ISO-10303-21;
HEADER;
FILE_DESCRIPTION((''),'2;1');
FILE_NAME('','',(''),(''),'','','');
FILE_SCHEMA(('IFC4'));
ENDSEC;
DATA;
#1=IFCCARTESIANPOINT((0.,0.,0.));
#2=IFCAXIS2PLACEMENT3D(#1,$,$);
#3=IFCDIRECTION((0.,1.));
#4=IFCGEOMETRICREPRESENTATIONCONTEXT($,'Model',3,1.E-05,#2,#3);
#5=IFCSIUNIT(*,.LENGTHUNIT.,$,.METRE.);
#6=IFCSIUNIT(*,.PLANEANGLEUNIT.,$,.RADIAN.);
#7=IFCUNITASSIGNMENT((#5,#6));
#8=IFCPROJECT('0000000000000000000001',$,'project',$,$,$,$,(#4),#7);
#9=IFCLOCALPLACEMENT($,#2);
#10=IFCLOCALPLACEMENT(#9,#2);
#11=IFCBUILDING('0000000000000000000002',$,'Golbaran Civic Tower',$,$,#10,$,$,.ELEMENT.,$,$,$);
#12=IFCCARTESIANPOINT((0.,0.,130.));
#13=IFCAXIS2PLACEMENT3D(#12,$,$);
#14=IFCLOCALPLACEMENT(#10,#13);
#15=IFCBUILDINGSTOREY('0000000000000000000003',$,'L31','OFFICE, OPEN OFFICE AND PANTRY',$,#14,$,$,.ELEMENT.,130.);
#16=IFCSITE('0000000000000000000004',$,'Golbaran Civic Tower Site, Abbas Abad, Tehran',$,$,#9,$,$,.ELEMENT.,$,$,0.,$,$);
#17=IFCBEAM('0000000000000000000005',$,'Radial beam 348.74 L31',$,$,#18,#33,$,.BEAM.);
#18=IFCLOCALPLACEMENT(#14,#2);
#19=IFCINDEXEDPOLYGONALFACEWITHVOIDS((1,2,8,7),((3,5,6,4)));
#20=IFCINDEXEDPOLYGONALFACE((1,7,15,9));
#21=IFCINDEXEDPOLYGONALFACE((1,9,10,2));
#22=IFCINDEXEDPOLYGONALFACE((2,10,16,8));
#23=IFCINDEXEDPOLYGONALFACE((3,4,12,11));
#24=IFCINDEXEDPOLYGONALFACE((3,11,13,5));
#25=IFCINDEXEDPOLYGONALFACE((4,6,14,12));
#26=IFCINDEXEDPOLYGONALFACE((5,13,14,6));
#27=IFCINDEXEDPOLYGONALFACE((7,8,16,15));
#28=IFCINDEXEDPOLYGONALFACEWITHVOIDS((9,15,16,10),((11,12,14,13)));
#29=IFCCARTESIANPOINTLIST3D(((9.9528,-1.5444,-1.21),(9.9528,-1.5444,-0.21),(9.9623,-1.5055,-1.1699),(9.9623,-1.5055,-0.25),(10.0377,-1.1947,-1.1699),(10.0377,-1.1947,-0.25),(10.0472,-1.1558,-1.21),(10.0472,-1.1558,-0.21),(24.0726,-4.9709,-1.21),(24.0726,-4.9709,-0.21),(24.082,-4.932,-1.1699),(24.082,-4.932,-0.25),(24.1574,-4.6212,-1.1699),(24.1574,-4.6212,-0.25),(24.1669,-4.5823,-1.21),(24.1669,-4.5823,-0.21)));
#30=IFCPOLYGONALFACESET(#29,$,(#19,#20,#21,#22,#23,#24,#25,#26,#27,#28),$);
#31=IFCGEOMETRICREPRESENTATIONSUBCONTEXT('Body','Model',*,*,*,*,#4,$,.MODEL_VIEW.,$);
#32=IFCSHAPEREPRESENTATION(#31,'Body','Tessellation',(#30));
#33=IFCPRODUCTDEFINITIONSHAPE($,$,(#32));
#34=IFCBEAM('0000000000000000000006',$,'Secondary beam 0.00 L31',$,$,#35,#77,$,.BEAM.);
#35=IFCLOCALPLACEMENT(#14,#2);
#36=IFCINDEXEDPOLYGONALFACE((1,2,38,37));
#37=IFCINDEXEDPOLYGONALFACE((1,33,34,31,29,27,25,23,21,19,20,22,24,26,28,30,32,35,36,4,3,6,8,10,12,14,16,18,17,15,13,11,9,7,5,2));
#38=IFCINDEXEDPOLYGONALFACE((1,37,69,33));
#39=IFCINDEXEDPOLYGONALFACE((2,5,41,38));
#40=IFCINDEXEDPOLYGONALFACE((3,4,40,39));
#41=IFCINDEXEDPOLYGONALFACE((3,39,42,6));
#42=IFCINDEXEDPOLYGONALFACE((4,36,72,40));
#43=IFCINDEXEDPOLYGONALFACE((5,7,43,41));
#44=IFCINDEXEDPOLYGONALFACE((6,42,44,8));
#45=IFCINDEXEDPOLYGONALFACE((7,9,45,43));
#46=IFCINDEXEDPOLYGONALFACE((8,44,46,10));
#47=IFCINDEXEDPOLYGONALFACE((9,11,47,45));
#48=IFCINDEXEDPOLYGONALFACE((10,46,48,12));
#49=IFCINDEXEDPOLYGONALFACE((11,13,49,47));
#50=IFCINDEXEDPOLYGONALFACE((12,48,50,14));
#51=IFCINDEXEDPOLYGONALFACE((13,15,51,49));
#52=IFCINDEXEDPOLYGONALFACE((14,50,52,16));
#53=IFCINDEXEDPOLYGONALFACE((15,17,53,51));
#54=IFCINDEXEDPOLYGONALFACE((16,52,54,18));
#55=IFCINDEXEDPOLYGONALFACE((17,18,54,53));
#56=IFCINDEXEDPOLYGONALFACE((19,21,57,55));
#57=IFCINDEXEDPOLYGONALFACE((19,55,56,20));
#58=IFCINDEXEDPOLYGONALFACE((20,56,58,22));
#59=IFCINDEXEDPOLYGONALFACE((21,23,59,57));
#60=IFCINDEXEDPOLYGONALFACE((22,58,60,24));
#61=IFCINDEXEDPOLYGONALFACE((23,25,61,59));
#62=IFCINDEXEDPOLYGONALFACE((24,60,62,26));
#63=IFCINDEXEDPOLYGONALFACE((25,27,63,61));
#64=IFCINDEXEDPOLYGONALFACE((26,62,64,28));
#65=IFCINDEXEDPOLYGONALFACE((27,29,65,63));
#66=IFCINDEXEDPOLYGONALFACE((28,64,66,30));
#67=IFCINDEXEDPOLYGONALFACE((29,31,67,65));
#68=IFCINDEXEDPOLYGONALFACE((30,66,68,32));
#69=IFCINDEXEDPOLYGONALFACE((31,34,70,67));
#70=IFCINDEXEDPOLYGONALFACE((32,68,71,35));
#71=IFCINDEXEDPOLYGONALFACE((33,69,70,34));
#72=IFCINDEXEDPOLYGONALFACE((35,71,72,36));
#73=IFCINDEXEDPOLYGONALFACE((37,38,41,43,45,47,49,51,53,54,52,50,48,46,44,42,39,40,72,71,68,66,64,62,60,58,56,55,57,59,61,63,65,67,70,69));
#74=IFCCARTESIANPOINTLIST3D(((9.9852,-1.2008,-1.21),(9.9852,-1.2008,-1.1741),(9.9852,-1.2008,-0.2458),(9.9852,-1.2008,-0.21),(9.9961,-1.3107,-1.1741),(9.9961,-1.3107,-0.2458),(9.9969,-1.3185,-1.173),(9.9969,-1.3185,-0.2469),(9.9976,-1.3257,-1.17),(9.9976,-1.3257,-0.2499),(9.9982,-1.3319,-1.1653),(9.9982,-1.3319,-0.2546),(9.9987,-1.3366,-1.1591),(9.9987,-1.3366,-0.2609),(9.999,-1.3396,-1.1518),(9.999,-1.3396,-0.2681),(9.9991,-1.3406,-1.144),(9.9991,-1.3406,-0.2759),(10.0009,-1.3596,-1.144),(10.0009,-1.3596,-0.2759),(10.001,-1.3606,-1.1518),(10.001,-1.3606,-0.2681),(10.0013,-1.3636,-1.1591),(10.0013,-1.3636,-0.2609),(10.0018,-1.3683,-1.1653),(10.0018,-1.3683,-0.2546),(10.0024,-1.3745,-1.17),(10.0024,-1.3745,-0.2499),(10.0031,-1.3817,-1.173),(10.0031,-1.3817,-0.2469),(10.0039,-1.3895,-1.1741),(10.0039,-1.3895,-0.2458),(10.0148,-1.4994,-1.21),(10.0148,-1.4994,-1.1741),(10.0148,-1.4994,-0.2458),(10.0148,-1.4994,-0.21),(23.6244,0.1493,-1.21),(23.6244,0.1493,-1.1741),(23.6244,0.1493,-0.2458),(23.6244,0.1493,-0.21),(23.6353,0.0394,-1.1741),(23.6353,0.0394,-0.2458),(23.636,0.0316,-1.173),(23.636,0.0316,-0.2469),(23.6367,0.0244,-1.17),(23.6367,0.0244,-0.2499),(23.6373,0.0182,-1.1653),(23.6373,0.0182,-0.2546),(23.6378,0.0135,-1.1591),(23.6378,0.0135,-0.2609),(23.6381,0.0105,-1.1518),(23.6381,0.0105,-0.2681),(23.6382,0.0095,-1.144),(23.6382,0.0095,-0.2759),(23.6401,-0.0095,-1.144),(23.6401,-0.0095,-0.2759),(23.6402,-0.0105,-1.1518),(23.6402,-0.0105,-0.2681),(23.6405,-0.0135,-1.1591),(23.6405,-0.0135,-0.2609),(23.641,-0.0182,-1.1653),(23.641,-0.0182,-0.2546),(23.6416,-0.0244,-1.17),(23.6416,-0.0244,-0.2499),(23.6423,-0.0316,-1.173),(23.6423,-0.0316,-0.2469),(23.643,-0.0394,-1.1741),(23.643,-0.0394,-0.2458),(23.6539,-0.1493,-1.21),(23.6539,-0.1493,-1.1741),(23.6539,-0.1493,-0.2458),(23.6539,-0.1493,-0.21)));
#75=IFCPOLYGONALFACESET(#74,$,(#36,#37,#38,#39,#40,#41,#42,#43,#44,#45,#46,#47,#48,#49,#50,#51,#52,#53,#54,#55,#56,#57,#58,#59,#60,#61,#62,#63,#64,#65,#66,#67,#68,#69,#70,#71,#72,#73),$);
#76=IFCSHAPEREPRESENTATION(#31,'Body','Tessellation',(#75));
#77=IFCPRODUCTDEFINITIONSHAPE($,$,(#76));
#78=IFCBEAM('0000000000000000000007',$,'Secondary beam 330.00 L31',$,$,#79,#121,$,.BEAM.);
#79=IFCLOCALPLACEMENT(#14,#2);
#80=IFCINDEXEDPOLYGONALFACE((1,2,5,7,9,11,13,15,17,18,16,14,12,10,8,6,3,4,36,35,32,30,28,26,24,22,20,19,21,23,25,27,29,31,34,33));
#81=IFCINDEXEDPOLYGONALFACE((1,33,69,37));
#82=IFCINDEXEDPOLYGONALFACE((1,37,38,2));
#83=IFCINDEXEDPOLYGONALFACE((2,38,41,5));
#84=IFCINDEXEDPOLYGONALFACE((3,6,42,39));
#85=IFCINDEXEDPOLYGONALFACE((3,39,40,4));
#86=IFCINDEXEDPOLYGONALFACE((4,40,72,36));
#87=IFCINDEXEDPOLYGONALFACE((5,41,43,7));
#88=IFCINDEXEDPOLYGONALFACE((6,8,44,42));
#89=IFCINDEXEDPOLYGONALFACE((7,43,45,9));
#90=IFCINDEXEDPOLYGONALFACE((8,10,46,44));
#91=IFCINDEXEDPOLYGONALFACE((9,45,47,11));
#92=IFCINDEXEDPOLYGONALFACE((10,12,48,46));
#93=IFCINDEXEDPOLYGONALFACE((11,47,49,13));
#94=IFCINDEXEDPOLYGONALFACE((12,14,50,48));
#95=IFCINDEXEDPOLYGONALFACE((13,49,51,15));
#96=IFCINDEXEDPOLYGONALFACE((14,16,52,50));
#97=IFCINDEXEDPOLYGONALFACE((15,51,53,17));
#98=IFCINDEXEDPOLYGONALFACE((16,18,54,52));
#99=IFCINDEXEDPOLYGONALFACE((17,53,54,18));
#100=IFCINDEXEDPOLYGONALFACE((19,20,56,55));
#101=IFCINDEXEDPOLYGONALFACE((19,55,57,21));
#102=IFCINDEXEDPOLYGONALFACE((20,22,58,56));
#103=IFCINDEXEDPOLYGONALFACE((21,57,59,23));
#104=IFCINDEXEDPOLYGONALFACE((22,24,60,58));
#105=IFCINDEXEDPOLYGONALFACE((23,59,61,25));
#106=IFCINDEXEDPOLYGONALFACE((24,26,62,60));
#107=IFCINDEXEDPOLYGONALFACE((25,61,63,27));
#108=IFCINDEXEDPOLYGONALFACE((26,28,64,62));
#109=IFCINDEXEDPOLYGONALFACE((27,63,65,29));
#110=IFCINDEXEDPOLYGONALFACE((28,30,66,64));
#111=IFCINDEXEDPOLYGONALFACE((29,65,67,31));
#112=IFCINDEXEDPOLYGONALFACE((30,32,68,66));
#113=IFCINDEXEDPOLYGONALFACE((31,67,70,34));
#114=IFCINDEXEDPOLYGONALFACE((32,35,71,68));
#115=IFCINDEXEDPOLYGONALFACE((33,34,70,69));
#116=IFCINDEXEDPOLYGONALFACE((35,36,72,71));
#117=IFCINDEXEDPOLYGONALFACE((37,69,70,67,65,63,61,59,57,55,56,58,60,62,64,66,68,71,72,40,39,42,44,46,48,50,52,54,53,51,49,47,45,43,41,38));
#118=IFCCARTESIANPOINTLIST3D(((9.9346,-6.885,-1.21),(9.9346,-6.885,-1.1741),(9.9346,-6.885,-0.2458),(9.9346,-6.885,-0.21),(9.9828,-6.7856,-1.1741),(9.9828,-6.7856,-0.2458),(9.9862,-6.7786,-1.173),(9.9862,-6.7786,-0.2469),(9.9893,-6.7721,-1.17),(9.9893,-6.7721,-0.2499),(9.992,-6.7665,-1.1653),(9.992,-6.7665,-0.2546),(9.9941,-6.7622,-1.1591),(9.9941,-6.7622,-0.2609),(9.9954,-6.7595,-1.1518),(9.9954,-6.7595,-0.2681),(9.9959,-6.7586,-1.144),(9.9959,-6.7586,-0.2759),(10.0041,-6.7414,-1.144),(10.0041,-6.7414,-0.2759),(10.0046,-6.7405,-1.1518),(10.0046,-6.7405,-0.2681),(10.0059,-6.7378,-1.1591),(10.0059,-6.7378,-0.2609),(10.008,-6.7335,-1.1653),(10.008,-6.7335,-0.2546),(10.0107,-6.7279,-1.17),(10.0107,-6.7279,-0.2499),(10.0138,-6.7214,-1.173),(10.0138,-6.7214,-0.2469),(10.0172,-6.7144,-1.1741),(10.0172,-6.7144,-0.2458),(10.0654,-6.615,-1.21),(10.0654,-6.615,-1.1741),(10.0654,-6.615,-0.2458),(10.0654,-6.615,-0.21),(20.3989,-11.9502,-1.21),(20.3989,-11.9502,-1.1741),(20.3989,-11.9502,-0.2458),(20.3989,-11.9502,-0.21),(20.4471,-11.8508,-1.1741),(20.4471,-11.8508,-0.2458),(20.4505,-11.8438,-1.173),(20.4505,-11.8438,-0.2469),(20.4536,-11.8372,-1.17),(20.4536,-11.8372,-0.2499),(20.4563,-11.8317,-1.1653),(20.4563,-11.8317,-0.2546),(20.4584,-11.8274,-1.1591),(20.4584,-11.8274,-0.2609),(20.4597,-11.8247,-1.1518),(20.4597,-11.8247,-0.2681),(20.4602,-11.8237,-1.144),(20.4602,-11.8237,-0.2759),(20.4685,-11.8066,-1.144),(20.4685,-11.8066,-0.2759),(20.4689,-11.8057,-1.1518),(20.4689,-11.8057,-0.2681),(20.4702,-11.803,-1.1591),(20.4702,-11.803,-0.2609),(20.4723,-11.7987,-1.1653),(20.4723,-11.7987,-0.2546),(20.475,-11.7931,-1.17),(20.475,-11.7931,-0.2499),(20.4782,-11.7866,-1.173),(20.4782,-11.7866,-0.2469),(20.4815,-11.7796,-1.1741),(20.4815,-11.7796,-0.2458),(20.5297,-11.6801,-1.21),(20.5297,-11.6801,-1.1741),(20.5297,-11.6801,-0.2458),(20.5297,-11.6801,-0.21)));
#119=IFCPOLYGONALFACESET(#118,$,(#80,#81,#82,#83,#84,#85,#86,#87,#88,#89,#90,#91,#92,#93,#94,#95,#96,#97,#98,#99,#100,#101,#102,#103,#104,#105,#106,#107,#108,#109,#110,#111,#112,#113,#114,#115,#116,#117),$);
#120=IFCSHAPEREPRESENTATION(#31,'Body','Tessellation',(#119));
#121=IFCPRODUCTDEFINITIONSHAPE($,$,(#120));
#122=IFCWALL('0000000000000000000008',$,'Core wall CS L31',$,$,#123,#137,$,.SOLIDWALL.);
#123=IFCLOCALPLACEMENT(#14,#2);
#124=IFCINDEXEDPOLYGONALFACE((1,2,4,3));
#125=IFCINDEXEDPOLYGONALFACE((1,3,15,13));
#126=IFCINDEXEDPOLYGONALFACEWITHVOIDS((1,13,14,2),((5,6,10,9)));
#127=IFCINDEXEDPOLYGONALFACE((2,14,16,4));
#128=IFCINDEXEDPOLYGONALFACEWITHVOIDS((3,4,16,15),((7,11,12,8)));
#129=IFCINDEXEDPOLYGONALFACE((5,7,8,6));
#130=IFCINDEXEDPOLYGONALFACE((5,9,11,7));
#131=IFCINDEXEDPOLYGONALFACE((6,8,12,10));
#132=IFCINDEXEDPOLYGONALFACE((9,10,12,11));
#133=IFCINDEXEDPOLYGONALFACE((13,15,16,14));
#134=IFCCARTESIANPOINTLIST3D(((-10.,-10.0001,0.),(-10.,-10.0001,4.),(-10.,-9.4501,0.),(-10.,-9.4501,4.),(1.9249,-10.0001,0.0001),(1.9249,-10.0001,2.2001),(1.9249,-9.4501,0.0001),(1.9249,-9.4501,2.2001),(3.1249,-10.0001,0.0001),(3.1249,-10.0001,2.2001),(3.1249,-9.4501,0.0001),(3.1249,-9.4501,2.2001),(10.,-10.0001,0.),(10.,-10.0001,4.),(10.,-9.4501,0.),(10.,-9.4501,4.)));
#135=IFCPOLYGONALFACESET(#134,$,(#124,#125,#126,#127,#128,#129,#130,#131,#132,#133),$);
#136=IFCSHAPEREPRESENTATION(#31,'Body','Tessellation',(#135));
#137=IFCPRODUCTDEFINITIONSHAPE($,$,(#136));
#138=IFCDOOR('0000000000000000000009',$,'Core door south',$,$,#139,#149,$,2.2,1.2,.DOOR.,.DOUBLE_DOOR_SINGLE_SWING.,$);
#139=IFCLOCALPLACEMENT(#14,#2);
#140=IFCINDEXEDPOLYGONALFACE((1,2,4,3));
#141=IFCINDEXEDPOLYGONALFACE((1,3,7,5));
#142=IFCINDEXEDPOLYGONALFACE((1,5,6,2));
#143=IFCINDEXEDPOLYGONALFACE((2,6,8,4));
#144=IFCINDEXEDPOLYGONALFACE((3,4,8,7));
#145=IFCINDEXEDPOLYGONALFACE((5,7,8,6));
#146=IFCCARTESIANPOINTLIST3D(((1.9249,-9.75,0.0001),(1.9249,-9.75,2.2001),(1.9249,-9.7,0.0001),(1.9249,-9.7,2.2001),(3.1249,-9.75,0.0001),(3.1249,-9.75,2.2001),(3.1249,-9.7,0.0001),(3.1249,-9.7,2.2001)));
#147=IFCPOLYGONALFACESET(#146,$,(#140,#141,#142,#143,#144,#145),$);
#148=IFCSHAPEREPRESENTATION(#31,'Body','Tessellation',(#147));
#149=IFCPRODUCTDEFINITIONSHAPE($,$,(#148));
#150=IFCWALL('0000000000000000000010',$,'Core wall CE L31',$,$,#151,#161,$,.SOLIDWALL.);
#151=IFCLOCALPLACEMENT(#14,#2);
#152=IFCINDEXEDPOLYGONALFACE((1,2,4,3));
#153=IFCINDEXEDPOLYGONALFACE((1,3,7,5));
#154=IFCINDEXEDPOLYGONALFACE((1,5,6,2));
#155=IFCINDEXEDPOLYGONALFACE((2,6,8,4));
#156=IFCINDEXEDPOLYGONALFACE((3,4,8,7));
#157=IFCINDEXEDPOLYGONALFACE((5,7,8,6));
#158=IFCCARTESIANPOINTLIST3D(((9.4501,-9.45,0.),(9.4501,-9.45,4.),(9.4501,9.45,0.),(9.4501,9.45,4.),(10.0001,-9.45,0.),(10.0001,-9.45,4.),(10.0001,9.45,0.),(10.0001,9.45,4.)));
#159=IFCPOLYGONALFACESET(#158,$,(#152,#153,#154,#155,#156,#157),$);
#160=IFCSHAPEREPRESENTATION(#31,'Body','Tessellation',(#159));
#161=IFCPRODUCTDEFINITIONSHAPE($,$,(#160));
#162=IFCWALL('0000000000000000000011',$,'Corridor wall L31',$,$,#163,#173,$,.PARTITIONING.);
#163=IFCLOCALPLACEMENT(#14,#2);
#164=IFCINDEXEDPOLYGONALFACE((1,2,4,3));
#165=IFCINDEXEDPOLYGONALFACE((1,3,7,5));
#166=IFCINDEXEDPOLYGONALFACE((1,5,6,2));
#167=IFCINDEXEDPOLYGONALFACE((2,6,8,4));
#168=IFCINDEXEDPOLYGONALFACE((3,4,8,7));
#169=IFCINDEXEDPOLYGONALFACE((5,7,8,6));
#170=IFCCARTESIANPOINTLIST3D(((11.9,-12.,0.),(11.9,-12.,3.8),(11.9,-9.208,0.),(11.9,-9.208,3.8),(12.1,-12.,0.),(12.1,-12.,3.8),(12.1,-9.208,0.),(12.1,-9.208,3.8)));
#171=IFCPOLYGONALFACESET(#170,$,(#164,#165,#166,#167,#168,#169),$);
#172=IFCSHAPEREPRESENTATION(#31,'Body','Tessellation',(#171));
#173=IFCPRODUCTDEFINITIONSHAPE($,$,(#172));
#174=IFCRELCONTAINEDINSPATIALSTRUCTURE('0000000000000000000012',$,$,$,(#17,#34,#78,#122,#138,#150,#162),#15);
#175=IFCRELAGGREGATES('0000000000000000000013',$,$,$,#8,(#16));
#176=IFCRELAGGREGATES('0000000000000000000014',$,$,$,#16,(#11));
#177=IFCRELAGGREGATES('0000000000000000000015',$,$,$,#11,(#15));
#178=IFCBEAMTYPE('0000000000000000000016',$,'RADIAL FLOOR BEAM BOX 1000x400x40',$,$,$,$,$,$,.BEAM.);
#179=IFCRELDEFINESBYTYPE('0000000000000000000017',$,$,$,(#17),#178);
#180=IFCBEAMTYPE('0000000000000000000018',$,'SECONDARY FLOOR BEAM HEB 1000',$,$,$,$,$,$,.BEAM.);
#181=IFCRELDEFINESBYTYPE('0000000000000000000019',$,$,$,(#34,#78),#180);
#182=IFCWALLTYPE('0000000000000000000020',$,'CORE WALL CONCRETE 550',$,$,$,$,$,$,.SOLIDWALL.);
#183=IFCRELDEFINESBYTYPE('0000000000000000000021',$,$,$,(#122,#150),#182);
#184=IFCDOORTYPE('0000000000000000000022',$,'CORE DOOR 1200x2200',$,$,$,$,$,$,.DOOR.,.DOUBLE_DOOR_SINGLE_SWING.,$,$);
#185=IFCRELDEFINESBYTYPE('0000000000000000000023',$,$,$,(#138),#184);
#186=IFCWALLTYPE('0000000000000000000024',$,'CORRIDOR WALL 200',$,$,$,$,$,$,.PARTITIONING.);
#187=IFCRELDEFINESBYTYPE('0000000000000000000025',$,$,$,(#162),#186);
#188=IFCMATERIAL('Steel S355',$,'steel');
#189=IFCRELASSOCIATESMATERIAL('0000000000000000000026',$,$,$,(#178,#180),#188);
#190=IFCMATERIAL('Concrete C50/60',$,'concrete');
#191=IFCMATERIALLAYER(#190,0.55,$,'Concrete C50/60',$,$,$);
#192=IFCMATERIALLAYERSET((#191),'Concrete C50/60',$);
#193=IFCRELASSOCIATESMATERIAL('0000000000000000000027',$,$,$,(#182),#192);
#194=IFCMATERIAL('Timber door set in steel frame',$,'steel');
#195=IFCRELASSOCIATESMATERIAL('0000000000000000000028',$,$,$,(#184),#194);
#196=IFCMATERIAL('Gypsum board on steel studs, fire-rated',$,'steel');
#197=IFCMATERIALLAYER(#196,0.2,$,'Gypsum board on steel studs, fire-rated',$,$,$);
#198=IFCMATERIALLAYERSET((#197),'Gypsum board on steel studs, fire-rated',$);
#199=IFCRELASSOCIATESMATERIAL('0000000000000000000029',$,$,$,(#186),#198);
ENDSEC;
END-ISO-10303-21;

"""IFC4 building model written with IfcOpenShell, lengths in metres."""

from ifc_helpers import new_model, si_unit, direction, frame, frame_2d, origin, origin_2d, place, context, subcontext, project, spatial, rectangle, hollow_rectangle, i_section, extrude, material, layer, layer_set, material_profile, profile_set, type_object, element, fill, save


model = new_model("IFC4")

# Units and contexts
model_context = context("Model", 3, precision=1e-05, world=origin(), true_north=direction((0.0, 1.0)))
body_context = subcontext(model_context, "Body", "Model", "MODEL_VIEW")
ifc_project = project(units=[si_unit("LENGTHUNIT", "METRE"), si_unit("PLANEANGLEUNIT", "RADIAN")], contexts=[model_context])

# Site, building, storey
site_placement = place(None, origin())
site = spatial("IfcSite", under=ifc_project, at=site_placement, Name="Golbaran Civic Tower Site, Abbas Abad, Tehran", CompositionType="ELEMENT", RefElevation=0.0)
building_placement = place(site_placement, origin())
building = spatial("IfcBuilding", under=site, at=building_placement, Name="Golbaran Civic Tower", CompositionType="ELEMENT")
storey_placement = place(building_placement, frame((0.0, 0.0, 130.0)))
storey = spatial("IfcBuildingStorey", under=building, at=storey_placement, Name="L31", Description="OFFICE, OPEN OFFICE AND PANTRY", CompositionType="ELEMENT", Elevation=130.0)

# Beams
ifc_material_1 = material(Name="Steel S355", Category="steel")
ifc_material_profile_1 = material_profile(ifc_material_1, hollow_rectangle(XDim=0.3999, YDim=1.0, WallThickness=0.04, at=origin_2d()), Name="BOX 1000x400x40")
ifc_profile_set_1 = profile_set([ifc_material_profile_1], Name="Steel S355")
beam_type_1 = type_object("IfcBeamType", Name="RADIAL FLOOR BEAM BOX 1000x400x40", PredefinedType="BEAM", material=ifc_profile_set_1)
beam_1_placement = place(storey_placement, frame((10.0, -1.3501, -0.71), z_axis=(0.971794, -0.235832, 0.0), x_axis=(0.235832, 0.971794, 0.0)))
element("IfcBeam", 1, at=beam_1_placement, inside=storey, type_object=beam_type_1, Name="Radial beam 348.74 L31", PredefinedType="BEAM", context=body_context, shape_type="SweptSolid", body=[
    extrude(hollow_rectangle(XDim=0.3999, YDim=1.0, WallThickness=0.04, at=origin_2d()), origin(), (0.0, 0.0, 1.0), 14.5295),
])
ifc_material_profile_2 = material_profile(ifc_material_1, i_section(OverallWidth=0.3, OverallDepth=1.0, WebThickness=0.019, FlangeThickness=0.0359, FilletRadius=0.03, at=origin_2d()), Name="HEB 1000")
ifc_profile_set_2 = profile_set([ifc_material_profile_2], Name="Steel S355")
beam_type_2 = type_object("IfcBeamType", Name="SECONDARY FLOOR BEAM HEB 1000", PredefinedType="BEAM", material=ifc_profile_set_2)
beam_2_placement = place(storey_placement, frame((10.0, -1.3501, -0.71), z_axis=(0.995137, 0.098505, 0.0), x_axis=(-0.098505, 0.995137, 0.0)))
element("IfcBeam", 2, at=beam_2_placement, inside=storey, type_object=beam_type_2, Name="Secondary beam 0.00 L31", PredefinedType="BEAM", context=body_context, shape_type="SweptSolid", body=[
    extrude(i_section(OverallWidth=0.3, OverallDepth=1.0, WebThickness=0.019, FlangeThickness=0.0359, FilletRadius=0.03, at=origin_2d()), origin(), (0.0, 0.0, 1.0), 13.7058),
])
beam_3_placement = place(storey_placement, frame((10.0, -6.75, -0.71), z_axis=(0.900099, -0.435686, 0.0), x_axis=(0.435686, 0.900099, 0.0)))
element("IfcBeam", 3, at=beam_3_placement, inside=storey, type_object=beam_type_2, Name="Secondary beam 330.00 L31", PredefinedType="BEAM", context=body_context, shape_type="SweptSolid", body=[
    extrude(i_section(OverallWidth=0.3, OverallDepth=1.0, WebThickness=0.019, FlangeThickness=0.0359, FilletRadius=0.03, at=origin_2d()), origin(), (0.0, 0.0, 1.0), 11.6257),
])

# Wall, opening, door
ifc_material_2 = material(Name="Concrete C50/60", Category="concrete")
ifc_layer_1 = layer(ifc_material_2, 0.55, Name="Concrete C50/60")
ifc_layer_set_1 = layer_set([ifc_layer_1], Name="Concrete C50/60")
wall_type_1 = type_object("IfcWallType", Name="CORE WALL CONCRETE 550", PredefinedType="SOLIDWALL", material=ifc_layer_set_1)
wall_1_placement = place(storey_placement, frame((10.0, -9.7251, 0.0), z_axis=(0.0, 0.0, 1.0), x_axis=(-1.0, 0.0, 0.0)))
wall_1 = element("IfcWall", 4, at=wall_1_placement, inside=storey, type_object=wall_type_1, Name="Core wall CS L31", PredefinedType="SOLIDWALL", context=body_context, shape_type="SweptSolid", body=[
    extrude(rectangle(XDim=20.0, YDim=0.55, at=frame_2d((10.0, 0.0))), origin(), (0.0, 0.0, 1.0), 4.0),
])
opening_1_placement = place(wall_1_placement, frame((6.875, 0.0, 0.0)))
opening_1 = element("IfcOpeningElement", 5, at=opening_1_placement, cuts=wall_1, PredefinedType="OPENING", context=body_context, shape_type="SweptSolid", body=[
    extrude(rectangle(XDim=1.2, YDim=2.2, at=frame_2d((0.6001, 1.1001))), frame((0.0, 0.2849, 0.0), z_axis=(0.0, -1.0, 0.0), x_axis=(1.0, 0.0, 0.0)), (0.0, 0.0, 1.0), 0.5701),
])
ifc_material_3 = material(Name="Timber door set in steel frame", Category="steel")
door_type_1 = type_object("IfcDoorType", Name="CORE DOOR 1200x2200", OperationType="DOUBLE_DOOR_SINGLE_SWING", PredefinedType="DOOR", material=ifc_material_3)
door_1_placement = place(opening_1_placement, origin())
door_1 = element("IfcDoor", 6, at=door_1_placement, inside=storey, type_object=door_type_1, Name="Core door south", OperationType="DOUBLE_DOOR_SINGLE_SWING", OverallHeight=2.2, OverallWidth=1.2, PredefinedType="DOOR", context=body_context, shape_type="SweptSolid", body=[
    extrude(rectangle(XDim=1.2, YDim=2.2, at=frame_2d((0.6001, 1.1001))), frame((0.0, 0.0249, 0.0), z_axis=(0.0, -1.0, 0.0), x_axis=(1.0, 0.0, 0.0)), (0.0, 0.0, 1.0), 0.05),
])
fill(opening_1, door_1)

# Walls
wall_2_placement = place(storey_placement, frame((9.7251, -9.45, 0.0), z_axis=(0.0, 0.0, 1.0), x_axis=(0.0, 1.0, 0.0)))
element("IfcWall", 7, at=wall_2_placement, inside=storey, type_object=wall_type_1, Name="Core wall CE L31", PredefinedType="SOLIDWALL", context=body_context, shape_type="SweptSolid", body=[
    extrude(rectangle(XDim=18.8999, YDim=0.55, at=frame_2d((9.45, 0.0))), origin(), (0.0, 0.0, 1.0), 4.0),
])
ifc_material_4 = material(Name="Gypsum board on steel studs, fire-rated", Category="steel")
ifc_layer_2 = layer(ifc_material_4, 0.2, Name="Gypsum board on steel studs, fire-rated")
ifc_layer_set_2 = layer_set([ifc_layer_2], Name="Gypsum board on steel studs, fire-rated")
wall_type_2 = type_object("IfcWallType", Name="CORRIDOR WALL 200", PredefinedType="PARTITIONING", material=ifc_layer_set_2)
wall_3_placement = place(storey_placement, frame((12.0, -12.0, 0.0), z_axis=(0.0, 0.0, 1.0), x_axis=(0.0, 1.0, 0.0)))
element("IfcWall", 8, at=wall_3_placement, inside=storey, type_object=wall_type_2, Name="Corridor wall L31", PredefinedType="PARTITIONING", context=body_context, shape_type="SweptSolid", body=[
    extrude(rectangle(XDim=2.792, YDim=0.2, at=frame_2d((1.396, 0.0))), origin(), (0.0, 0.0, 1.0), 3.8),
])

save(model, "model.ifc")
